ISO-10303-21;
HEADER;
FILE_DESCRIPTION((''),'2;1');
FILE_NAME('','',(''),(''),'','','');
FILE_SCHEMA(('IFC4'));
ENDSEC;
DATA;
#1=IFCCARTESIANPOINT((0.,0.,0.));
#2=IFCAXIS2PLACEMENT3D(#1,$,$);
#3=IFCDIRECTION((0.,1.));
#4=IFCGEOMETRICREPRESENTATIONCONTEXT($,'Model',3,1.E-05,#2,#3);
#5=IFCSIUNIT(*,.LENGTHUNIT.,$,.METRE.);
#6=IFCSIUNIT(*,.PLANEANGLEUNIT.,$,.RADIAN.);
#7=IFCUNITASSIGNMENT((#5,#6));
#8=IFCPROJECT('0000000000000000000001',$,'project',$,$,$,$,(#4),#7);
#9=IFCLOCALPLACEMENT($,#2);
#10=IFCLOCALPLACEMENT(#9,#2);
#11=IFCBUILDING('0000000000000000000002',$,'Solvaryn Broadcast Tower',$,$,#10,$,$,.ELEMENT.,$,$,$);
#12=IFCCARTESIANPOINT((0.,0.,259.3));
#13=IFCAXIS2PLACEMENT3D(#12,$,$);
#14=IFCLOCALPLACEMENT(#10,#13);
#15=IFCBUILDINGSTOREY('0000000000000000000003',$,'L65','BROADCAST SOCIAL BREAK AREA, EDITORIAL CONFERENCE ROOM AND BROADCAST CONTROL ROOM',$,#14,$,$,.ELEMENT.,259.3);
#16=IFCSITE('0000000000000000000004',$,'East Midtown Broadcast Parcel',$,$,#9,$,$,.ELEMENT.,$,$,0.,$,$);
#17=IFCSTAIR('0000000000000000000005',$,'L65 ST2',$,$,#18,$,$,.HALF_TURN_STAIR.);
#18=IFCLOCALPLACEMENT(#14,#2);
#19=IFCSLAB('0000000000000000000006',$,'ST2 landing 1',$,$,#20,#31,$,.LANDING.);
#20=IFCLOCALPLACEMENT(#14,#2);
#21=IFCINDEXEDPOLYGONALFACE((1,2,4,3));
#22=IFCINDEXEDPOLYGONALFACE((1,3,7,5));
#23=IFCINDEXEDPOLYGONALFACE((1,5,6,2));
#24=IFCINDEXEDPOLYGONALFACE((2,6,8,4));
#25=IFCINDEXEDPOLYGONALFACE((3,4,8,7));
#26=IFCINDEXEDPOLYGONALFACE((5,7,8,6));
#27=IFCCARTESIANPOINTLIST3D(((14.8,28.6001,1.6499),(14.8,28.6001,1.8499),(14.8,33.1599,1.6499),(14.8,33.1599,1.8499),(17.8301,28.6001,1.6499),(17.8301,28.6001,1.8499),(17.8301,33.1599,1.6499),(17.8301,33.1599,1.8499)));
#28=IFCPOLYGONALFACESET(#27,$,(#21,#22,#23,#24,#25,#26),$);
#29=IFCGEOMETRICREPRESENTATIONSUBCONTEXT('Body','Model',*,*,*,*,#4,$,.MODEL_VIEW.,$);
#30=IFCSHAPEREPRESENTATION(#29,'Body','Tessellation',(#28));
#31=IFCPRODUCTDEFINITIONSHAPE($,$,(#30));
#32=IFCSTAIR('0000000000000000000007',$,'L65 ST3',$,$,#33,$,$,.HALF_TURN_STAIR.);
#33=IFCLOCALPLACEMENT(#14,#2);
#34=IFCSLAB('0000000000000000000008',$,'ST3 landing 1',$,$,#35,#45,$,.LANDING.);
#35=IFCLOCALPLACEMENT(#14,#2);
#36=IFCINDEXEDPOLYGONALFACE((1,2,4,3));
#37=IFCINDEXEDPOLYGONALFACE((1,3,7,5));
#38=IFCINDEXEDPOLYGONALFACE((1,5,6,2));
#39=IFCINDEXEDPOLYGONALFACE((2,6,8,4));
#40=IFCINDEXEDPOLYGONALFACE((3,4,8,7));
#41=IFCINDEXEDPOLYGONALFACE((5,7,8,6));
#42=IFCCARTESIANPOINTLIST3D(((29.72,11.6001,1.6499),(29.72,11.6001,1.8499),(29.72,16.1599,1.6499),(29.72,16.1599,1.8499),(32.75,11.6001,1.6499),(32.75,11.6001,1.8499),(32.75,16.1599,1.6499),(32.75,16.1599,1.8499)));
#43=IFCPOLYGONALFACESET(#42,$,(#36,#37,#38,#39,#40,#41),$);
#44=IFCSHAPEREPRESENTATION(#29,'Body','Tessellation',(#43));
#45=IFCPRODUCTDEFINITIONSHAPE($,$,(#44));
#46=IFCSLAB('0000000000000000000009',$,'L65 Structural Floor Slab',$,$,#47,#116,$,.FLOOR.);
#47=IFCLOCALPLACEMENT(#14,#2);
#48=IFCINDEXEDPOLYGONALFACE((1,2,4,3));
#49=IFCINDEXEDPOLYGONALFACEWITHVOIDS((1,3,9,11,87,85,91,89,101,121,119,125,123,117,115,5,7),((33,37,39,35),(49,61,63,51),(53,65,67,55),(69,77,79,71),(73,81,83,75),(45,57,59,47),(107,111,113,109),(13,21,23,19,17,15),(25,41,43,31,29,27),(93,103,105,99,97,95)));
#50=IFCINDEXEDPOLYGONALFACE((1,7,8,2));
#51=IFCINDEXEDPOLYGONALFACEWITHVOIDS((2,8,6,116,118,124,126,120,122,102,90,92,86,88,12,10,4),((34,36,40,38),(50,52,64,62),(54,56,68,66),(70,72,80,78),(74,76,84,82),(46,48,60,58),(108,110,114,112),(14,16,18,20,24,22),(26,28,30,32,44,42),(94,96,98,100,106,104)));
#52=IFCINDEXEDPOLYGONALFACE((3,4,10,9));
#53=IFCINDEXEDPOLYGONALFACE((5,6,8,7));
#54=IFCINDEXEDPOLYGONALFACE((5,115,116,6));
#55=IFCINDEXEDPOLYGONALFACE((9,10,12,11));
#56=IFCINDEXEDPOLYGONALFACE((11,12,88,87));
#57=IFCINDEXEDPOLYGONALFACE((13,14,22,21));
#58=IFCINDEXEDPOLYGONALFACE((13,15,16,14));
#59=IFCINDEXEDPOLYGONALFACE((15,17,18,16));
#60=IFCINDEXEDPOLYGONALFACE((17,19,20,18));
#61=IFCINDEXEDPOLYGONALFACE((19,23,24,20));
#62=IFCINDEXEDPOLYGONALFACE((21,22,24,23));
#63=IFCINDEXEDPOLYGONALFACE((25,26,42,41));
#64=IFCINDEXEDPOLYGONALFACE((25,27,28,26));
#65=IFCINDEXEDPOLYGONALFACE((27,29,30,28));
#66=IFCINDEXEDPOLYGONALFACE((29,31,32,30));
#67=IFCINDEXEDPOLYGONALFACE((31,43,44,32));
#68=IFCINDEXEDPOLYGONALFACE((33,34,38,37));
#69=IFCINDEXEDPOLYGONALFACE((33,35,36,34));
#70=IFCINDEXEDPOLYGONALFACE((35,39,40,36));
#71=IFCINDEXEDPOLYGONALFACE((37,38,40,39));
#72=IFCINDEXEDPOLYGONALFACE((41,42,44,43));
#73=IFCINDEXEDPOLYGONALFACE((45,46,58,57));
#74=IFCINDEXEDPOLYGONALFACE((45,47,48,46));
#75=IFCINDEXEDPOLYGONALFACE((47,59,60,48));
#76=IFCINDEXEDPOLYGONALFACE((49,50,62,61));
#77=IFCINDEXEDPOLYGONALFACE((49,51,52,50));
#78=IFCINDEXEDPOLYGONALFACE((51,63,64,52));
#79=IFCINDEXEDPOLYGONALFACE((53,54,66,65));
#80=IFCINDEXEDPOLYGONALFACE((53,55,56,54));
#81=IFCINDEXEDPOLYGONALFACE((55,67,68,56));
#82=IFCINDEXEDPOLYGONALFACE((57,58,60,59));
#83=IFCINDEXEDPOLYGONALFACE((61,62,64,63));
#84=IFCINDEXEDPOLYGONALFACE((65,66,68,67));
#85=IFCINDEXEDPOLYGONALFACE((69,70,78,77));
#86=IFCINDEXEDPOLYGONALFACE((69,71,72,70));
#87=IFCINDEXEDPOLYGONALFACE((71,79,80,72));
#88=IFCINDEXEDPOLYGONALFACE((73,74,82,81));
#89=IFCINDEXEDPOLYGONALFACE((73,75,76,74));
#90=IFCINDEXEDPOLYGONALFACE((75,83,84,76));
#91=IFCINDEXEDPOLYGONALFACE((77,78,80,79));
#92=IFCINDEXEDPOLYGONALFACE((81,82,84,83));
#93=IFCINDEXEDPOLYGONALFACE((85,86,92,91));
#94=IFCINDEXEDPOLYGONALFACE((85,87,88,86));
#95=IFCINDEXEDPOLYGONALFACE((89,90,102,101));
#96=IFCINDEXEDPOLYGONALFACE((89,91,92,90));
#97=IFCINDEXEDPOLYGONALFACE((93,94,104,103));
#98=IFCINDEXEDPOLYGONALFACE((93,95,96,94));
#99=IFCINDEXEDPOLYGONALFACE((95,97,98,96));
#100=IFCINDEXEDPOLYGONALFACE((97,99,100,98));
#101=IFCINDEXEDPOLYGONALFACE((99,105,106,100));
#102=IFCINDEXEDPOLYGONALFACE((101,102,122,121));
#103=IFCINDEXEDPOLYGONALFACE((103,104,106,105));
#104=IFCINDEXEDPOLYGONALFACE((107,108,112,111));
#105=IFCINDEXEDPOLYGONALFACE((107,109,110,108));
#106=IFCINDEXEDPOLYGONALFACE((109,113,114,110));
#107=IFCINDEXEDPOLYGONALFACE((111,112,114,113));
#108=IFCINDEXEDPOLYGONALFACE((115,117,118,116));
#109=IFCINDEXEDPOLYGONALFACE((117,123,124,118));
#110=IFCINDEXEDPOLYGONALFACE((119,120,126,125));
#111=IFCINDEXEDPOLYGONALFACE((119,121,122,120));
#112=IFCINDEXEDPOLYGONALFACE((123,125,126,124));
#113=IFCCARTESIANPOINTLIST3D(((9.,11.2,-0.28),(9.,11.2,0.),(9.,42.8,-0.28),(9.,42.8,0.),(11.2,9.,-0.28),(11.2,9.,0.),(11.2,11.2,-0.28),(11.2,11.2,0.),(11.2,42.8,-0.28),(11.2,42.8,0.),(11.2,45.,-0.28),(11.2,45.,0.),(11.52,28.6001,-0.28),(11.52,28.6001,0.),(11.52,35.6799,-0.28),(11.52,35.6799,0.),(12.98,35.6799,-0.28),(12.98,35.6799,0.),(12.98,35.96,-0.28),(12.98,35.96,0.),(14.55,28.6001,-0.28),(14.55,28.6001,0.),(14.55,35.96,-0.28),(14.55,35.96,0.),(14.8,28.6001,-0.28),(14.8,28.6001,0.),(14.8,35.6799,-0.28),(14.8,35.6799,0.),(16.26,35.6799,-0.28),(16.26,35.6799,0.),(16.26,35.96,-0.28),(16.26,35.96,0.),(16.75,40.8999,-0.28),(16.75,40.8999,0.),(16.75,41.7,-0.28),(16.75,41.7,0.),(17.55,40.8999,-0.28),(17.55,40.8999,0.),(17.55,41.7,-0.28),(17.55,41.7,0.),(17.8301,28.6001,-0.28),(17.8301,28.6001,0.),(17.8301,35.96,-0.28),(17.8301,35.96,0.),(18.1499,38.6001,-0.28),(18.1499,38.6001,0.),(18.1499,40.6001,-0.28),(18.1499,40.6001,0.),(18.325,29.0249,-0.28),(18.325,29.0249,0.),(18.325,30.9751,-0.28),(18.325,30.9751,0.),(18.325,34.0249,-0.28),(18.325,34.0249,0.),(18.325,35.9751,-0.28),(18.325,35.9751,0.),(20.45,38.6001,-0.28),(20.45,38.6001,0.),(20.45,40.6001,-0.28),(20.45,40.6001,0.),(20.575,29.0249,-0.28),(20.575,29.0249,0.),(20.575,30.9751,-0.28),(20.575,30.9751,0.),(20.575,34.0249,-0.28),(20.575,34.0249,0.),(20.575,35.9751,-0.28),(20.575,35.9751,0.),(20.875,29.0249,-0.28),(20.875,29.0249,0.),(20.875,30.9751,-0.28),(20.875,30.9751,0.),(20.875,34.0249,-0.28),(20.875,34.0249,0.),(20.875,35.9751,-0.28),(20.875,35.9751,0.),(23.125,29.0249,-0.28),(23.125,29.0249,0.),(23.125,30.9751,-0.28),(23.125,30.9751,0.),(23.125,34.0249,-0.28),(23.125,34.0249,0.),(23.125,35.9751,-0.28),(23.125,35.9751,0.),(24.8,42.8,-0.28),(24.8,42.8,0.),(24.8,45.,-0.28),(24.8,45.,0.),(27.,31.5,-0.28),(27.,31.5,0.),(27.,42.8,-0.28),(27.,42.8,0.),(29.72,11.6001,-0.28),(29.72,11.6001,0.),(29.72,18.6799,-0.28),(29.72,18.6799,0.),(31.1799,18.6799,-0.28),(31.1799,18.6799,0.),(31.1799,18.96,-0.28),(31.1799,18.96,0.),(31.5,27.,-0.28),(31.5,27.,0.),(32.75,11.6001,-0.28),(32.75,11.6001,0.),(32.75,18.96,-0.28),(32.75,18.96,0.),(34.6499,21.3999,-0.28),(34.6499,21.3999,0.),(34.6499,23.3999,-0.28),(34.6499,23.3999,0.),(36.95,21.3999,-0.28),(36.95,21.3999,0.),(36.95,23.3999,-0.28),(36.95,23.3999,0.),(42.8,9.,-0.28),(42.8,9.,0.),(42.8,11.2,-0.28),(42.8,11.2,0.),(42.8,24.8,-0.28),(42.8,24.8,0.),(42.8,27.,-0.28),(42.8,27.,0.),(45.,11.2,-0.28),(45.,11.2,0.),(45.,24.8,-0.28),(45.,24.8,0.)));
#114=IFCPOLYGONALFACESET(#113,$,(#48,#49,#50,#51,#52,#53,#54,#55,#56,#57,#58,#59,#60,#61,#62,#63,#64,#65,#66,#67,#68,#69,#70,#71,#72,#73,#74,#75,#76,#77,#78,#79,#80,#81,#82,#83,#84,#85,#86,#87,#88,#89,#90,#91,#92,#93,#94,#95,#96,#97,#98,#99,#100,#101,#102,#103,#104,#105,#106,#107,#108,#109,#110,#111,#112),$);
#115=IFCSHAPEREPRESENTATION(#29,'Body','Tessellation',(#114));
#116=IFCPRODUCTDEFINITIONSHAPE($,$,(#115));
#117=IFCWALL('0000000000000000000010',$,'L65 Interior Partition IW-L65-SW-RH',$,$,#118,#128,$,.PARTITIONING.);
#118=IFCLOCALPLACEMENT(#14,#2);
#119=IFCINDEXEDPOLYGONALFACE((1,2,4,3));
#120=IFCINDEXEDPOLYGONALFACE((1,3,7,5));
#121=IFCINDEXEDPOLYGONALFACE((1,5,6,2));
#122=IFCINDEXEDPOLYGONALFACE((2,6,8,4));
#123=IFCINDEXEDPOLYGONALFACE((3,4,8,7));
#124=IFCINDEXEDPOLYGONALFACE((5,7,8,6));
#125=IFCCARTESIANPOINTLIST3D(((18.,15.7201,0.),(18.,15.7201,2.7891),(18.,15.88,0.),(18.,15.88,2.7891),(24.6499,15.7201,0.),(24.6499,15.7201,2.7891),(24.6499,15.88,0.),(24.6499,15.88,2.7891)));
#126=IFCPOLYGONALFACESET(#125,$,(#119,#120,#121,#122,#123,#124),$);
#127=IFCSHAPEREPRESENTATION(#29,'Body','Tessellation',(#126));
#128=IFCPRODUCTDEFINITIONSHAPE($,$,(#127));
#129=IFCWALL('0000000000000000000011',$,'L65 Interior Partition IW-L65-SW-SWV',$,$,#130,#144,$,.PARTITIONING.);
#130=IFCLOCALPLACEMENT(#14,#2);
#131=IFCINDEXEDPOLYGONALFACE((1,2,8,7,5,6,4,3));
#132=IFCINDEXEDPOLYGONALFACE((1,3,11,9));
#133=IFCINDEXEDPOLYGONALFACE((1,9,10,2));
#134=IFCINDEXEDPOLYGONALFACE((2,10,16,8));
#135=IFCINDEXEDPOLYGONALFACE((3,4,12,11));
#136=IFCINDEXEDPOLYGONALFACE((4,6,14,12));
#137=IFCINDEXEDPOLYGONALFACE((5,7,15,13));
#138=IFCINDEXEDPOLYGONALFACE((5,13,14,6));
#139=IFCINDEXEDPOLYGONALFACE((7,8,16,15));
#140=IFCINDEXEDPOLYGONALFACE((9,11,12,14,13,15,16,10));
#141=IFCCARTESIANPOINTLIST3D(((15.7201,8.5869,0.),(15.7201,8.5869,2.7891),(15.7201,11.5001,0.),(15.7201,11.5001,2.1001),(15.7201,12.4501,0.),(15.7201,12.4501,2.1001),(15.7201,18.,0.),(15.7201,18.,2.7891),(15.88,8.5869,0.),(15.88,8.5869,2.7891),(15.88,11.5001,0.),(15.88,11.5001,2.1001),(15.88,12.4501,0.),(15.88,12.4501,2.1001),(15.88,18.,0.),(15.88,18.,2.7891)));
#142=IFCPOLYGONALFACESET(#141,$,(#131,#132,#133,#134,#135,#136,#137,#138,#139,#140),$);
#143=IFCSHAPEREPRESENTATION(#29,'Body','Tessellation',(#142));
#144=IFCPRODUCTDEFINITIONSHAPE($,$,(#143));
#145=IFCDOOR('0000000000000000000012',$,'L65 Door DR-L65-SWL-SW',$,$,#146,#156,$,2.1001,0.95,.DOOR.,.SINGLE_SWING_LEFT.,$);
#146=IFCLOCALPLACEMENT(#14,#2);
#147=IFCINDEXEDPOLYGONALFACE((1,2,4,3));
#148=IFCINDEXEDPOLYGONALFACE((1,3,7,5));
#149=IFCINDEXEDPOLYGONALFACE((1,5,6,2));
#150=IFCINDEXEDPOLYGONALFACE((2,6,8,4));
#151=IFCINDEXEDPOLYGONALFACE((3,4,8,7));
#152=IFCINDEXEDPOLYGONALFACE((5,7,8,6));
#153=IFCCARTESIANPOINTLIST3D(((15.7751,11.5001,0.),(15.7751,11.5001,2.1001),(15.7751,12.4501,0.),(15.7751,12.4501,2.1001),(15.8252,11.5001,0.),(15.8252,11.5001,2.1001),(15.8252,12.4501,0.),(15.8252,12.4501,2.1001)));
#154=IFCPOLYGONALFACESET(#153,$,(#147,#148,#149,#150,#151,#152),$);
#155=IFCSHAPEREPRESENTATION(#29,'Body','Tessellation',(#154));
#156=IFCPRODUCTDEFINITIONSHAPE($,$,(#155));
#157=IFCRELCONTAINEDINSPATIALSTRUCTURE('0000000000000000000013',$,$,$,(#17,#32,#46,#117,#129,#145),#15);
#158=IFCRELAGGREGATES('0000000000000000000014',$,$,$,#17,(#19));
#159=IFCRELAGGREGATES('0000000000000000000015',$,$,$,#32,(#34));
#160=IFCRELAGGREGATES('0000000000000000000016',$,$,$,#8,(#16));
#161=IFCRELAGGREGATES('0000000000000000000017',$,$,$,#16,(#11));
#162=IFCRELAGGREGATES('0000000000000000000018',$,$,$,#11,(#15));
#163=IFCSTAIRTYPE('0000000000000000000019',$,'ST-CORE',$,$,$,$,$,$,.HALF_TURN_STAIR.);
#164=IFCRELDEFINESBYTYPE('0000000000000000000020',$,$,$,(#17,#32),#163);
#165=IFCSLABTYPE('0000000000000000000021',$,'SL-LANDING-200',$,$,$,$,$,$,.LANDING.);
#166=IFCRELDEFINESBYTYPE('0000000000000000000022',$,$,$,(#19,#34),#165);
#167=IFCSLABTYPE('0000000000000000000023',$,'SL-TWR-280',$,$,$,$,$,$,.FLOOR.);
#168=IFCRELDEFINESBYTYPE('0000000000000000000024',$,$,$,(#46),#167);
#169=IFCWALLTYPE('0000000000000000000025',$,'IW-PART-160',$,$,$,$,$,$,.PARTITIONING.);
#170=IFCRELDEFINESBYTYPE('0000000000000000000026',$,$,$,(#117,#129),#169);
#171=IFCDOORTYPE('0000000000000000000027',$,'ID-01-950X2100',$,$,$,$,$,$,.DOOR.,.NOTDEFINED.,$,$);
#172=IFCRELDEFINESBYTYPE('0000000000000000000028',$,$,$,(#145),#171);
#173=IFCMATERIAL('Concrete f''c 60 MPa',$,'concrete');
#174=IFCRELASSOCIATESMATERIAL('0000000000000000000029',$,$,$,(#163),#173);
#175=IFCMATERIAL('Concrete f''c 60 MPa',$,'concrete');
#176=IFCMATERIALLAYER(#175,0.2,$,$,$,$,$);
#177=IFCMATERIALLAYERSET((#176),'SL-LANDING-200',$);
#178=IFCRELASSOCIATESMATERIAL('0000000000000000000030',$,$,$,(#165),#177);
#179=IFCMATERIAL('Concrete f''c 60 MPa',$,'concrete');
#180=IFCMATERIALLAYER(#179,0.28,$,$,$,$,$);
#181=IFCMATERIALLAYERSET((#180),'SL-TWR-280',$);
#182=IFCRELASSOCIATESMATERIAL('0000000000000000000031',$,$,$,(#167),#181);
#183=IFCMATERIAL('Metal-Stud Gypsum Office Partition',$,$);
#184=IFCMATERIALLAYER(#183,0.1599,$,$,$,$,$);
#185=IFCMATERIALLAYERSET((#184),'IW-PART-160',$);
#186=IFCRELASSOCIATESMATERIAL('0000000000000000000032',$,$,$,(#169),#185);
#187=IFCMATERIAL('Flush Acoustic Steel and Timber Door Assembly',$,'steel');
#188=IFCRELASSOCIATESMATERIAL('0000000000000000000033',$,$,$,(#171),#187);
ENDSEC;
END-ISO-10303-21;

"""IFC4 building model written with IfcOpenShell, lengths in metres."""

from ifc_helpers import new_model, si_unit, direction, frame, frame_2d, origin, place, context, subcontext, project, spatial, polyline, rectangle, outline, extrude, material, layer, layer_set, type_object, element, fill, aggregate, save


model = new_model("IFC4")

# Units and contexts
model_context = context("Model", 3, precision=1e-05, world=origin(), true_north=direction((0.0, 1.0)))
body_context = subcontext(model_context, "Body", "Model", "MODEL_VIEW")
ifc_project = project(units=[si_unit("LENGTHUNIT", "METRE"), si_unit("PLANEANGLEUNIT", "RADIAN")], contexts=[model_context])

# Site, building, storey
site_placement = place(None, origin())
site = spatial("IfcSite", under=ifc_project, at=site_placement, Name="East Midtown Broadcast Parcel", CompositionType="ELEMENT", RefElevation=0.0)
building_placement = place(site_placement, origin())
building = spatial("IfcBuilding", under=site, at=building_placement, Name="Solvaryn Broadcast Tower", CompositionType="ELEMENT")
storey_placement = place(building_placement, frame((0.0, 0.0, 259.3)))
storey = spatial("IfcBuildingStorey", under=building, at=storey_placement, Name="L65", Description="BROADCAST SOCIAL BREAK AREA, EDITORIAL CONFERENCE ROOM AND BROADCAST CONTROL ROOM", CompositionType="ELEMENT", Elevation=259.3)

# Stairs, slabs
ifc_material_1 = material(Name="Concrete f'c 60 MPa", Category="concrete")
stair_type = type_object("IfcStairType", Name="ST-CORE", PredefinedType="HALF_TURN_STAIR", material=ifc_material_1)
ifc_material_2 = material(Name="Concrete f'c 60 MPa", Category="concrete")
ifc_layer_1 = layer(ifc_material_2, 0.2)
ifc_layer_set_1 = layer_set([ifc_layer_1], Name="SL-LANDING-200")
slab_type_1 = type_object("IfcSlabType", Name="SL-LANDING-200", PredefinedType="LANDING", material=ifc_layer_set_1)
stair_1_placement = place(storey_placement, origin())
stair_1 = element("IfcStair", 1, at=stair_1_placement, inside=storey, type_object=stair_type, Name="L65 ST2", PredefinedType="HALF_TURN_STAIR")
slab_1_placement = place(storey_placement, frame((0.0, 0.0, 1.6499)))
slab_1 = element("IfcSlab", 2, at=slab_1_placement, type_object=slab_type_1, Name="ST2 landing 1", PredefinedType="LANDING", context=body_context, shape_type="SweptSolid", body=[
    extrude(outline(polyline([(14.8, 33.1599), (14.8, 28.6001), (17.8301, 28.6001), (17.8301, 33.1599), (14.8, 33.1599)])), origin(), (0.0, 0.0, 1.0), 0.2),
])
aggregate(stair_1, [slab_1])
stair_2_placement = place(storey_placement, origin())
stair_2 = element("IfcStair", 3, at=stair_2_placement, inside=storey, type_object=stair_type, Name="L65 ST3", PredefinedType="HALF_TURN_STAIR")
slab_2_placement = place(storey_placement, frame((0.0, 0.0, 1.6499)))
slab_2 = element("IfcSlab", 4, at=slab_2_placement, type_object=slab_type_1, Name="ST3 landing 1", PredefinedType="LANDING", context=body_context, shape_type="SweptSolid", body=[
    extrude(outline(polyline([(29.72, 16.1599), (29.72, 11.6001), (32.75, 11.6001), (32.75, 16.1599), (29.72, 16.1599)])), origin(), (0.0, 0.0, 1.0), 0.2),
])
aggregate(stair_2, [slab_2])

# Slab
ifc_material_3 = material(Name="Concrete f'c 60 MPa", Category="concrete")
ifc_layer_2 = layer(ifc_material_3, 0.28)
ifc_layer_set_2 = layer_set([ifc_layer_2], Name="SL-TWR-280")
slab_type_2 = type_object("IfcSlabType", Name="SL-TWR-280", PredefinedType="FLOOR", material=ifc_layer_set_2)
slab_3_placement = place(storey_placement, frame((0.0, 0.0, -0.28)))
element("IfcSlab", 5, at=slab_3_placement, inside=storey, type_object=slab_type_2, Name="L65 Structural Floor Slab", PredefinedType="FLOOR", context=body_context, shape_type="SweptSolid", body=[
    extrude(outline(polyline([(11.2, 9.0), (42.8, 9.0), (42.8, 11.2), (45.0, 11.2), (45.0, 24.8), (42.8, 24.8), (42.8, 27.0), (31.5, 27.0), (27.0, 31.5), (27.0, 42.8), (24.8, 42.8), (24.8, 45.0), (11.2, 45.0), (11.2, 42.8), (9.0, 42.8), (9.0, 11.2), (11.2, 11.2), (11.2, 9.0)]), holes=[polyline([(11.52, 28.6001), (14.55, 28.6001), (14.55, 35.96), (12.98, 35.96), (12.98, 35.6799), (11.52, 35.6799), (11.52, 28.6001)]), polyline([(14.8, 28.6001), (17.8301, 28.6001), (17.8301, 35.96), (16.26, 35.96), (16.26, 35.6799), (14.8, 35.6799), (14.8, 28.6001)]), polyline([(29.72, 11.6001), (32.75, 11.6001), (32.75, 18.96), (31.1799, 18.96), (31.1799, 18.6799), (29.72, 18.6799), (29.72, 11.6001)]), polyline([(18.1499, 38.6001), (20.45, 38.6001), (20.45, 40.6001), (18.1499, 40.6001), (18.1499, 38.6001)]), polyline([(18.325, 29.0249), (20.575, 29.0249), (20.575, 30.9751), (18.325, 30.9751), (18.325, 29.0249)]), polyline([(20.875, 29.0249), (23.125, 29.0249), (23.125, 30.9751), (20.875, 30.9751), (20.875, 29.0249)]), polyline([(18.325, 34.0249), (20.575, 34.0249), (20.575, 35.9751), (18.325, 35.9751), (18.325, 34.0249)]), polyline([(20.875, 34.0249), (23.125, 34.0249), (23.125, 35.9751), (20.875, 35.9751), (20.875, 34.0249)]), polyline([(34.6499, 21.3999), (36.95, 21.3999), (36.95, 23.3999), (34.6499, 23.3999), (34.6499, 21.3999)]), polyline([(16.75, 40.8999), (17.55, 40.8999), (17.55, 41.7), (16.75, 41.7), (16.75, 40.8999)])]), origin(), (0.0, 0.0, 1.0), 0.28),
])

# Wall
ifc_material_4 = material(Name="Metal-Stud Gypsum Office Partition")
ifc_layer_3 = layer(ifc_material_4, 0.1599)
ifc_layer_set_3 = layer_set([ifc_layer_3], Name="IW-PART-160")
wall_type_1 = type_object("IfcWallType", Name="IW-PART-160", PredefinedType="PARTITIONING", material=ifc_layer_set_3)
wall_1_placement = place(storey_placement, frame((18.0, 15.8, 0.0), z_axis=(0.0, 0.0, 1.0), x_axis=(1.0, 0.0, 0.0)))
element("IfcWall", 6, at=wall_1_placement, inside=storey, type_object=wall_type_1, Name="L65 Interior Partition IW-L65-SW-RH", PredefinedType="PARTITIONING", context=body_context, shape_type="SweptSolid", body=[
    extrude(rectangle(XDim=6.6499, YDim=0.1599, at=frame_2d((3.325, 0.0))), origin(), (0.0, 0.0, 1.0), 2.7891),
])

# Wall, opening, door
wall_2_placement = place(storey_placement, frame((15.8, 8.5869, 0.0), z_axis=(0.0, 0.0, 1.0), x_axis=(0.0, 1.0, 0.0)))
wall_2 = element("IfcWall", 7, at=wall_2_placement, inside=storey, type_object=wall_type_1, Name="L65 Interior Partition IW-L65-SW-SWV", PredefinedType="PARTITIONING", context=body_context, shape_type="SweptSolid", body=[
    extrude(rectangle(XDim=9.4131, YDim=0.1599, at=frame_2d((4.7065, 0.0))), origin(), (0.0, 0.0, 1.0), 2.7891),
])
opening_1_placement = place(wall_2_placement, frame((2.9131, 0.0, 0.0)))
opening_1 = element("IfcOpeningElement", 8, at=opening_1_placement, cuts=wall_2, PredefinedType="OPENING", context=body_context, shape_type="SweptSolid", body=[
    extrude(rectangle(XDim=0.95, YDim=2.1001, at=frame_2d((0.4751, 1.05))), frame((0.0, 0.0901, 0.0), z_axis=(0.0, -1.0, 0.0), x_axis=(1.0, 0.0, 0.0)), (0.0, 0.0, 1.0), 0.1799),
])
ifc_material_5 = material(Name="Flush Acoustic Steel and Timber Door Assembly", Category="steel")
door_type_1 = type_object("IfcDoorType", Name="ID-01-950X2100", OperationType="NOTDEFINED", PredefinedType="DOOR", material=ifc_material_5)
door_1_placement = place(opening_1_placement, origin())
door_1 = element("IfcDoor", 9, at=door_1_placement, inside=storey, type_object=door_type_1, Name="L65 Door DR-L65-SWL-SW", OperationType="SINGLE_SWING_LEFT", OverallHeight=2.1001, OverallWidth=0.95, PredefinedType="DOOR", context=body_context, shape_type="SweptSolid", body=[
    extrude(rectangle(XDim=0.95, YDim=2.1001, at=frame_2d((0.4751, 1.05))), frame((0.0, 0.0249, 0.0), z_axis=(0.0, -1.0, 0.0), x_axis=(1.0, 0.0, 0.0)), (0.0, 0.0, 1.0), 0.05),
])
fill(opening_1, door_1)

save(model, "model.ifc")
